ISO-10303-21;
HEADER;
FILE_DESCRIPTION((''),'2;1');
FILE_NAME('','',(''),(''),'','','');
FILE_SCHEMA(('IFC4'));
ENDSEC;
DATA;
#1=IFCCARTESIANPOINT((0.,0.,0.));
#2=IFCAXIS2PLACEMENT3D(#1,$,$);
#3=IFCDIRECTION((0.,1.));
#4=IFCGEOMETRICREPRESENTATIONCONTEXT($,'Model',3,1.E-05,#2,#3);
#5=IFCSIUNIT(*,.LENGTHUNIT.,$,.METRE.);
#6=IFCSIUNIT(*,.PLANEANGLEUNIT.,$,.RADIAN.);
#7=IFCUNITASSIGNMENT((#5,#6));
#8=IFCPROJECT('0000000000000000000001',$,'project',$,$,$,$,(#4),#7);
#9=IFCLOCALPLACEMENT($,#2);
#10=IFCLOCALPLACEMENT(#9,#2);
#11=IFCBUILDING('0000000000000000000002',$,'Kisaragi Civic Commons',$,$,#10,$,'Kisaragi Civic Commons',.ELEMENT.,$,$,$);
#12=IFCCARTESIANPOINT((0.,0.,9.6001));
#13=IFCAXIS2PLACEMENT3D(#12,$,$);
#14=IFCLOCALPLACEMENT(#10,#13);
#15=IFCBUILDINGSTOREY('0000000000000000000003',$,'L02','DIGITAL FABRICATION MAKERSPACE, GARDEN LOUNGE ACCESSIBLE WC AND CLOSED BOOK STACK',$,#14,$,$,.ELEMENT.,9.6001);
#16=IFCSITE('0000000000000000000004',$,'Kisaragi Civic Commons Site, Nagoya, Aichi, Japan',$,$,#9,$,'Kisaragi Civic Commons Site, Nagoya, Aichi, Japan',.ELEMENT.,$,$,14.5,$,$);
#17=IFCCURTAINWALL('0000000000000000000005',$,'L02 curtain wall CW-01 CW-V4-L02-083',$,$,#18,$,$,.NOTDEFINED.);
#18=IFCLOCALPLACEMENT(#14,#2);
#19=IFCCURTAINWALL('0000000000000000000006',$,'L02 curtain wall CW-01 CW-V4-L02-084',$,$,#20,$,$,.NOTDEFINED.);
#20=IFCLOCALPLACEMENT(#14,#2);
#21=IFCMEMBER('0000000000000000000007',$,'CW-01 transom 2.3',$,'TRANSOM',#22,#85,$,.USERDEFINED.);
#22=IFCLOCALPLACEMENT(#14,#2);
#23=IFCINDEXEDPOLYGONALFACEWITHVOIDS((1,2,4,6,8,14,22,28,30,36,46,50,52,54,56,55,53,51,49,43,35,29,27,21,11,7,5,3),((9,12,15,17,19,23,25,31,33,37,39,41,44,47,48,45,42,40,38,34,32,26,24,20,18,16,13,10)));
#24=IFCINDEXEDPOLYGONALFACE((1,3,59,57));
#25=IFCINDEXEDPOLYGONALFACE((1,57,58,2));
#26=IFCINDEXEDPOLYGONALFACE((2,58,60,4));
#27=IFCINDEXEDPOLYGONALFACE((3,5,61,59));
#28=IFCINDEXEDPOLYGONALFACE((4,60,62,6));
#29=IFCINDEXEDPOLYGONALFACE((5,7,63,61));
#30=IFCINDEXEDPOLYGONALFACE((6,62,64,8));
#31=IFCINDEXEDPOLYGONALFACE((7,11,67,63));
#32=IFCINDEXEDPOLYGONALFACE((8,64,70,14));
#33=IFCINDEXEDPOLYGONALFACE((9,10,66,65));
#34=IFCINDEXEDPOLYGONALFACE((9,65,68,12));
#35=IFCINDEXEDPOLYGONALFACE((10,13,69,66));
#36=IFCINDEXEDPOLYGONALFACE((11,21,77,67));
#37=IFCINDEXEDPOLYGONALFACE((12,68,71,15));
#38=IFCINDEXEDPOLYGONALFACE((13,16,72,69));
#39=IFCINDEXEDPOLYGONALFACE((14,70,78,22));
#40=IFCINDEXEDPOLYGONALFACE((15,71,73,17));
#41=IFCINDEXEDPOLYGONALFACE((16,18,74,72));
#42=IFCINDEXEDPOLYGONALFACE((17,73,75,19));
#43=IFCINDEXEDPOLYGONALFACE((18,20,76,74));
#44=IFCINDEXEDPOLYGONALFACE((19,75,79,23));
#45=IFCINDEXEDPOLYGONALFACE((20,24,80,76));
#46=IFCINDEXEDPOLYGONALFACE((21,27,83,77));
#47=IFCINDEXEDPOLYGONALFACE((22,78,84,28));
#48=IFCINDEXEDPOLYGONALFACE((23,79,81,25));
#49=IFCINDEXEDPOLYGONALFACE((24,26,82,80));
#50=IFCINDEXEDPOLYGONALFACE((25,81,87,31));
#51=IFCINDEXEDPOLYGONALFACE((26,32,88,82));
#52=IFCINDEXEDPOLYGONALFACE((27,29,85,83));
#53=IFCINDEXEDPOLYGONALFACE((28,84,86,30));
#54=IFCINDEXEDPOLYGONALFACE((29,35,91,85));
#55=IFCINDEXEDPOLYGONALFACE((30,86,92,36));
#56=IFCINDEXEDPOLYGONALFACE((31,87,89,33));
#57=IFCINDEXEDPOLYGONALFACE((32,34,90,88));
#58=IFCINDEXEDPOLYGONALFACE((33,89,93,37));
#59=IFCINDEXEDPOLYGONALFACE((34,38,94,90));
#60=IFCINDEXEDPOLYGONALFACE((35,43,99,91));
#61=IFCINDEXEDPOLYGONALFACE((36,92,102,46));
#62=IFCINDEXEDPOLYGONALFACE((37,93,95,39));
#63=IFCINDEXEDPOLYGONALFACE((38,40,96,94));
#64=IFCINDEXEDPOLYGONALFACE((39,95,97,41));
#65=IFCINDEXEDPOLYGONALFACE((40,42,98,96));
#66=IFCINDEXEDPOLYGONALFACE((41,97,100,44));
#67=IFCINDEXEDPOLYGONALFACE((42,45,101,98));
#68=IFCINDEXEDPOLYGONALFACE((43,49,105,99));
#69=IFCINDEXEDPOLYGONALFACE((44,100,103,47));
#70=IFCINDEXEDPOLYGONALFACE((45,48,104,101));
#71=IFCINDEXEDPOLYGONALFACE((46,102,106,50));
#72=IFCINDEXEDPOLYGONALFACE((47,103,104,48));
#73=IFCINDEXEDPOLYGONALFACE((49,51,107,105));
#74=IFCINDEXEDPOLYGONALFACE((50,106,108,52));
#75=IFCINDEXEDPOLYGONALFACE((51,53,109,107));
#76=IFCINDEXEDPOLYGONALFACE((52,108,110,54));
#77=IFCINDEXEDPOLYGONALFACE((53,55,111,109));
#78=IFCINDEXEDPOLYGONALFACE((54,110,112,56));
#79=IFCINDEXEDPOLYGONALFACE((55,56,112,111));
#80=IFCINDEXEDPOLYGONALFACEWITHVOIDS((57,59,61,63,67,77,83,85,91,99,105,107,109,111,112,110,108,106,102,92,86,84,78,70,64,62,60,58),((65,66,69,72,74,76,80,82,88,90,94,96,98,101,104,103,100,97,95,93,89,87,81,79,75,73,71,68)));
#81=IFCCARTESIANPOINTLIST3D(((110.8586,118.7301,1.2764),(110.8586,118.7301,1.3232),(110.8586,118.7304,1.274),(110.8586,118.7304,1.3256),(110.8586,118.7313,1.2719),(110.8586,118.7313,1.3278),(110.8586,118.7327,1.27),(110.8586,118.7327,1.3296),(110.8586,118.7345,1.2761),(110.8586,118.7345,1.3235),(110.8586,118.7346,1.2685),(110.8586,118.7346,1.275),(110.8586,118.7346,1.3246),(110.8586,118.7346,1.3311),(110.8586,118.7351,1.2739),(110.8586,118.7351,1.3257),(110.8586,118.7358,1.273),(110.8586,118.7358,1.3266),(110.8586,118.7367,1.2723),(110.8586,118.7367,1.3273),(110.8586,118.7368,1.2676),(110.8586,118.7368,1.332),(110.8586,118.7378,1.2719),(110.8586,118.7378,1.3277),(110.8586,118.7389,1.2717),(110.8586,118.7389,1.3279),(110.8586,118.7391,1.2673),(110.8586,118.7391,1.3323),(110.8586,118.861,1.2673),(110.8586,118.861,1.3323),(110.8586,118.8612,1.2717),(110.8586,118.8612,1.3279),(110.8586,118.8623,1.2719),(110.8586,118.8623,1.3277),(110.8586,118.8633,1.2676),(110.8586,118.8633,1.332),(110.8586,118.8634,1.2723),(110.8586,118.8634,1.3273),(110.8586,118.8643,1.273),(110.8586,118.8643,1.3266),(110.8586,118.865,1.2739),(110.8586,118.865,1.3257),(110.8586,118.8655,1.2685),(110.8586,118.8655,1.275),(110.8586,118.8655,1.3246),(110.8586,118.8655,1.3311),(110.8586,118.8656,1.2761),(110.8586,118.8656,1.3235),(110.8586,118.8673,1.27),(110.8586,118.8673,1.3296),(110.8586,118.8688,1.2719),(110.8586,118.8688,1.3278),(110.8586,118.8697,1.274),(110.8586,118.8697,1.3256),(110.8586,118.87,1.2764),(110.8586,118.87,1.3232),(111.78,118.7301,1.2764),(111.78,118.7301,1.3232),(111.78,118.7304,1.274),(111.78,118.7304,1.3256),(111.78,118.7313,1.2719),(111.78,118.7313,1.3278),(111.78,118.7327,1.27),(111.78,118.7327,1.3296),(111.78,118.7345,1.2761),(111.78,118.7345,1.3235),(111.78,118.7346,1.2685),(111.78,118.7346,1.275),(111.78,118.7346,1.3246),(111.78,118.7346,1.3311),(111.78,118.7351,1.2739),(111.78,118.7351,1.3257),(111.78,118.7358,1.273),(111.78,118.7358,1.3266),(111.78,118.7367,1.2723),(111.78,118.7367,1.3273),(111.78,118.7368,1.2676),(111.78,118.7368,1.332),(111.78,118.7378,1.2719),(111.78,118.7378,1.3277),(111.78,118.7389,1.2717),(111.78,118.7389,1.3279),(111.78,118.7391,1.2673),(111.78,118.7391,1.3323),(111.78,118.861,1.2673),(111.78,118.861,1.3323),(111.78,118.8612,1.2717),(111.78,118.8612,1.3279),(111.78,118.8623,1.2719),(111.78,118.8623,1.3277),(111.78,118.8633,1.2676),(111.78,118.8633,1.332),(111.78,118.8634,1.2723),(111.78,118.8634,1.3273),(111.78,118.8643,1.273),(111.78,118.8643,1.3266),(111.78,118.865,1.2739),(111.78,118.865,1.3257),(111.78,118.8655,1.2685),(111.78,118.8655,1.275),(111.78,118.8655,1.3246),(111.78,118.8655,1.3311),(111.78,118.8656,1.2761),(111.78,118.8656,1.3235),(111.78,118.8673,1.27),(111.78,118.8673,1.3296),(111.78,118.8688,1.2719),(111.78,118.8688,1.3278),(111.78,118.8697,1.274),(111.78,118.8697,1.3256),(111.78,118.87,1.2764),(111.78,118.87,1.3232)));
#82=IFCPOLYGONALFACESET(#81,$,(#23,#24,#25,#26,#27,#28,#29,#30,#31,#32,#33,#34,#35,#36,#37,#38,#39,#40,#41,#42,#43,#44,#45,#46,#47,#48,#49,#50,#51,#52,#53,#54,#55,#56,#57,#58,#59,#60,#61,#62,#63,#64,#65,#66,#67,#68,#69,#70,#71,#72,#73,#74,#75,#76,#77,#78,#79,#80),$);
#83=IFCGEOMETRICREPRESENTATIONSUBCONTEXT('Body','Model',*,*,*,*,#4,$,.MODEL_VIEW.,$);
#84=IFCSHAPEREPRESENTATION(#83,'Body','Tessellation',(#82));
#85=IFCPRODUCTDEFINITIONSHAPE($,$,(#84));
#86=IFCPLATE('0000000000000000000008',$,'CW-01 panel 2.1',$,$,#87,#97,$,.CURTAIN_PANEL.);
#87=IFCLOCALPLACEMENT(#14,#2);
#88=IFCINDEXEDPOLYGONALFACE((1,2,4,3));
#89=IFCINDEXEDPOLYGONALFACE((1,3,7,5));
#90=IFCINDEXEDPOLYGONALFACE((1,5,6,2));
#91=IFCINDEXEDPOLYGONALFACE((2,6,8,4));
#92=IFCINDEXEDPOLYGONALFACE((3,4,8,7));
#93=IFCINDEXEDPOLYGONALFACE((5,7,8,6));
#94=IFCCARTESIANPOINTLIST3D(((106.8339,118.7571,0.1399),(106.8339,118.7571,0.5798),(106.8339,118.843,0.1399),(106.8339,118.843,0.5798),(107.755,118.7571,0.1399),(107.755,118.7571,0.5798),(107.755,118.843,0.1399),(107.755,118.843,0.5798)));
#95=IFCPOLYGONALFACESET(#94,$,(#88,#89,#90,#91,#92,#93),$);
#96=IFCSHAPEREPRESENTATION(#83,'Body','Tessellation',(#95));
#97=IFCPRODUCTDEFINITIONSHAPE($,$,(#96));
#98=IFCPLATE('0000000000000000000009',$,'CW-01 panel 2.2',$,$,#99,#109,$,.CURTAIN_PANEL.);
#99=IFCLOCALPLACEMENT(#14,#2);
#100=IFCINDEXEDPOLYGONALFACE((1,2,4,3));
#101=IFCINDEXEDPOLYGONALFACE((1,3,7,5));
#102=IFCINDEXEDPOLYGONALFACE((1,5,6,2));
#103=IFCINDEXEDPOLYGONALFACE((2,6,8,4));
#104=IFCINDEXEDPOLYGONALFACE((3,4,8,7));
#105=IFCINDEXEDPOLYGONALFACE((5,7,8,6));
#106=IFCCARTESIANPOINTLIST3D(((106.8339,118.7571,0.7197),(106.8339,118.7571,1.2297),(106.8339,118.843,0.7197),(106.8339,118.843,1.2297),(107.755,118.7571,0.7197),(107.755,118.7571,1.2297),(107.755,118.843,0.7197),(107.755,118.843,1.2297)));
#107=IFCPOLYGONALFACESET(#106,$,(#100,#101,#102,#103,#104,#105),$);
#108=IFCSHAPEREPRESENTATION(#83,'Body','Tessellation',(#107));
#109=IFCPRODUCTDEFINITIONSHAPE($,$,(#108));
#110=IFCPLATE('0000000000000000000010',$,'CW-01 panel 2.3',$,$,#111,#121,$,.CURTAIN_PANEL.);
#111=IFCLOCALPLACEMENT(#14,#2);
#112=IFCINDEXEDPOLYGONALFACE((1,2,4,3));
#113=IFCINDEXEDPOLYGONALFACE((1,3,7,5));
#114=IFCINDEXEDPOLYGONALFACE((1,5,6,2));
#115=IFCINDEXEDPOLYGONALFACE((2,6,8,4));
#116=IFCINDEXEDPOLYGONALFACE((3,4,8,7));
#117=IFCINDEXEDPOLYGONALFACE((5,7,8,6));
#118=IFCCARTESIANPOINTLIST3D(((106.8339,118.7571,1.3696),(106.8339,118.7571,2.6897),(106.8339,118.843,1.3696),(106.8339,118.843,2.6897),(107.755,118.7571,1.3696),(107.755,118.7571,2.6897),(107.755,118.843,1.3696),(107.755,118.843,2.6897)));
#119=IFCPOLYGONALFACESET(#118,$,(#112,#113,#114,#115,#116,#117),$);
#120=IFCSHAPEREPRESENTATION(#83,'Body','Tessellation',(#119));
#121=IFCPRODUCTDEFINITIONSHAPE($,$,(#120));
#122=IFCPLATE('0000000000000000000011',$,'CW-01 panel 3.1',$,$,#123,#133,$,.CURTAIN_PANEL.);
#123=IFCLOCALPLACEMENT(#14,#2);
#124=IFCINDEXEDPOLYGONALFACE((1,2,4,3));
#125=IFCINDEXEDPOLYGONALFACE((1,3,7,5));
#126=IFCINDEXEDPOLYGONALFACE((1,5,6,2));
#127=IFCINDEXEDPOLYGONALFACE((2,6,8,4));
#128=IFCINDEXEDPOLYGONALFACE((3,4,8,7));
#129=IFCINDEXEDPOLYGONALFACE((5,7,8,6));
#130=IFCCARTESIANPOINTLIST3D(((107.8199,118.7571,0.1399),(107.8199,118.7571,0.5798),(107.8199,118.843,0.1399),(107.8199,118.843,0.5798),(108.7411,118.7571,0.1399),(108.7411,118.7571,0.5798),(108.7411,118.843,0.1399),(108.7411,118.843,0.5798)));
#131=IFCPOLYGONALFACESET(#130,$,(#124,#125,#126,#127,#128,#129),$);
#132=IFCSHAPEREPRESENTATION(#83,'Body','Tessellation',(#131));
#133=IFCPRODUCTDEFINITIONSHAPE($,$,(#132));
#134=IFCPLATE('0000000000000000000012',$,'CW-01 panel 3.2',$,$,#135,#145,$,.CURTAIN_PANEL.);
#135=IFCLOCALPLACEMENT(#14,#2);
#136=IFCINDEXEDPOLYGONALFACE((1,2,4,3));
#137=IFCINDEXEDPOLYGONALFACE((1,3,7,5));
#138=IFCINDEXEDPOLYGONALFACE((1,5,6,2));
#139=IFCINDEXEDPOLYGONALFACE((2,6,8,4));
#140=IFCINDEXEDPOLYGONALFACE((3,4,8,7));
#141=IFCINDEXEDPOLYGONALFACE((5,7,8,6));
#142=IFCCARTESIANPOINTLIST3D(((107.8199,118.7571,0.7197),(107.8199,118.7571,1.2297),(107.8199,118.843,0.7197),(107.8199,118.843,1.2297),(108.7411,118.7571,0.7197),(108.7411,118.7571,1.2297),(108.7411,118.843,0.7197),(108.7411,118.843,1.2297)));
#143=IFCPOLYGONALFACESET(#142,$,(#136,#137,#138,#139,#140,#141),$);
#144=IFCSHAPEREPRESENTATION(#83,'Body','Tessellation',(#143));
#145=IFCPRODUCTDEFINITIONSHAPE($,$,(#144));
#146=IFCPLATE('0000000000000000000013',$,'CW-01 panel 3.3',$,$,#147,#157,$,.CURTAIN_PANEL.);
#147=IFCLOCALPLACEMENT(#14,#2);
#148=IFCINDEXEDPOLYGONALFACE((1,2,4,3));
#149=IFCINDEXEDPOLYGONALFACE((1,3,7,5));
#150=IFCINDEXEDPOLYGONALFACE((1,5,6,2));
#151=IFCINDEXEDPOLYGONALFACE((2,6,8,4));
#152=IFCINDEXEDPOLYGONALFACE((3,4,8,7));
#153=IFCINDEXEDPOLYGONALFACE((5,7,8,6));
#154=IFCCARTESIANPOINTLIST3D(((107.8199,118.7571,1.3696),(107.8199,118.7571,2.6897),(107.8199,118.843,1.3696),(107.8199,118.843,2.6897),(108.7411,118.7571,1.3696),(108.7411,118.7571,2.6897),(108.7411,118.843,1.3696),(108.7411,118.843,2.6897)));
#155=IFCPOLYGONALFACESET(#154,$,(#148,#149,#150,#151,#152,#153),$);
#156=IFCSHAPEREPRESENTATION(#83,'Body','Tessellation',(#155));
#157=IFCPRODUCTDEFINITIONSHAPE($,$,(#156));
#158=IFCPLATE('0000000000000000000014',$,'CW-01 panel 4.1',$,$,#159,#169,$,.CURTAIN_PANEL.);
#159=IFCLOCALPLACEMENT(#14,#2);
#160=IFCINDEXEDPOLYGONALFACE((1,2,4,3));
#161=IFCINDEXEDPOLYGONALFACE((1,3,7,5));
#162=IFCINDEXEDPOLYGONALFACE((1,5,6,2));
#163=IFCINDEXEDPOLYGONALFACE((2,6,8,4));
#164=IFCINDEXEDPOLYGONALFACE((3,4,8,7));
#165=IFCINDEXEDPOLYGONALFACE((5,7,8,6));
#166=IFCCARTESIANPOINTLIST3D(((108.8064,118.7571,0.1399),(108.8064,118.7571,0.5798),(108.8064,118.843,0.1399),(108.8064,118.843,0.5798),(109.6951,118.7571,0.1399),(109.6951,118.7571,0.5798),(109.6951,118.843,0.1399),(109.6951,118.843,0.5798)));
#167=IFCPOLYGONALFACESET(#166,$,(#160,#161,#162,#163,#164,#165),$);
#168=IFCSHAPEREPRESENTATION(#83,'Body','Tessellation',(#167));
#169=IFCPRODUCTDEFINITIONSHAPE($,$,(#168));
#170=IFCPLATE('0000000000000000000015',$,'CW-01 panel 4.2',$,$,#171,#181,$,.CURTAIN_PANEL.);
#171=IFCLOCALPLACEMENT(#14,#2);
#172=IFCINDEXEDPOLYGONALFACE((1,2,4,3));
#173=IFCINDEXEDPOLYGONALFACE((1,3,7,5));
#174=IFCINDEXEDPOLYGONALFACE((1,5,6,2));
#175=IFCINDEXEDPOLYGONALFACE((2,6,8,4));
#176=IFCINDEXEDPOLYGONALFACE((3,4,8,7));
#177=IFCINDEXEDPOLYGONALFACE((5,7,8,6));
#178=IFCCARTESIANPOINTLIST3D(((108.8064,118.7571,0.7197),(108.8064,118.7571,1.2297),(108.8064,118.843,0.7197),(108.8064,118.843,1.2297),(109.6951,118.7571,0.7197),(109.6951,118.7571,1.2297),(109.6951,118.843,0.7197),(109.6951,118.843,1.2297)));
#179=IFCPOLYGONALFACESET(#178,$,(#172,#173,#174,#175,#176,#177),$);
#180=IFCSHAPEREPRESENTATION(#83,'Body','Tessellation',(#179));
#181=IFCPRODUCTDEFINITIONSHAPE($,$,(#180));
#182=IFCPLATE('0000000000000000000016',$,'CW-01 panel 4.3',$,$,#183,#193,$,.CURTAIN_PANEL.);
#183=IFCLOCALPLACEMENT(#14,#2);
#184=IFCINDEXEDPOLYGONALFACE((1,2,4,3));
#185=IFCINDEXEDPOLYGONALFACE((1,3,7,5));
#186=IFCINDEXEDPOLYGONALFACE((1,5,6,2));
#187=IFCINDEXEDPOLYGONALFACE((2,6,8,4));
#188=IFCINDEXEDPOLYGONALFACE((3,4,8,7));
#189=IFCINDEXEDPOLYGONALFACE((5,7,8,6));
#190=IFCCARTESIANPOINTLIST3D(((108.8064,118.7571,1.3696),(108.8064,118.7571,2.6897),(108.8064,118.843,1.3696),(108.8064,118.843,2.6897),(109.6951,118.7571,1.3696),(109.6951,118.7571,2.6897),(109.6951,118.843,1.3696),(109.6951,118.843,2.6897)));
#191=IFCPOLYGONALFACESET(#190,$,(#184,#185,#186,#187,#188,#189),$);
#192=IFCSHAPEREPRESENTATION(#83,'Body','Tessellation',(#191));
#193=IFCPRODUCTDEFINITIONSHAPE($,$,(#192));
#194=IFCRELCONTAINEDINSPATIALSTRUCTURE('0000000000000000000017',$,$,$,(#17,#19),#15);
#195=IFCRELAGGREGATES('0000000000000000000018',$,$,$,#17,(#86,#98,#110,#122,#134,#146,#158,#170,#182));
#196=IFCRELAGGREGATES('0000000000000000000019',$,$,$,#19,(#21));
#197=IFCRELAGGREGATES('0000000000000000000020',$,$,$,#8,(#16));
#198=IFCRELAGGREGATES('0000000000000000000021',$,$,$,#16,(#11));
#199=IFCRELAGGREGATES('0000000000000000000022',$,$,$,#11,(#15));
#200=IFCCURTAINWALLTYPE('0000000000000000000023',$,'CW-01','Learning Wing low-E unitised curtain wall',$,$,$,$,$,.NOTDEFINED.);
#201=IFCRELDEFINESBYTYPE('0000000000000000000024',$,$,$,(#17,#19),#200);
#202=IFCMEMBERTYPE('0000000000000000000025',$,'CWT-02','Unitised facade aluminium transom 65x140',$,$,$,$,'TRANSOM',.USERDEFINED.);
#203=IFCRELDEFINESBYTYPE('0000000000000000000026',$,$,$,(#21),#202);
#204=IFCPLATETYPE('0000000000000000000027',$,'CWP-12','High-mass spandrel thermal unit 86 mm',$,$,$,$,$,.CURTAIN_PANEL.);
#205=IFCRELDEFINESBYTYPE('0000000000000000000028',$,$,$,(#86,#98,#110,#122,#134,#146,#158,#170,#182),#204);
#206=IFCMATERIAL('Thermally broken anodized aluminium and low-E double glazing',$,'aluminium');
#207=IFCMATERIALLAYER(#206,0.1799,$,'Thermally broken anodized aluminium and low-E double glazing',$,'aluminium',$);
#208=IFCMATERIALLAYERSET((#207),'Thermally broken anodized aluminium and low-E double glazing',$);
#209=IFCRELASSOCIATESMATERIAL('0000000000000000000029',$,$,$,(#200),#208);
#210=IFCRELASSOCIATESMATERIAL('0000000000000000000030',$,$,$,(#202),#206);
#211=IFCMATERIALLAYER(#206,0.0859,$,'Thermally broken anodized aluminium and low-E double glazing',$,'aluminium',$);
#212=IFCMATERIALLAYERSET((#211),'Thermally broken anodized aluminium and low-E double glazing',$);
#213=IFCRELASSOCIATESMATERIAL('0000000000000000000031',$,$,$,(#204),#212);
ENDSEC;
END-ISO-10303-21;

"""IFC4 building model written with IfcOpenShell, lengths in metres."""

from ifc_helpers import new_model, si_unit, direction, frame, origin, origin_2d, place, context, subcontext, project, spatial, rectangle, hollow_rectangle, extrude, material, layer, layer_set, material_profile, profile_set, type_object, element, aggregate, save


model = new_model("IFC4")

# Units and contexts
model_context = context("Model", 3, precision=1e-05, world=origin(), true_north=direction((0.0, 1.0)))
body_context = subcontext(model_context, "Body", "Model", "MODEL_VIEW")
ifc_project = project(units=[si_unit("LENGTHUNIT", "METRE"), si_unit("PLANEANGLEUNIT", "RADIAN")], contexts=[model_context])

# Site, building, storey
site_placement = place(None, origin())
site = spatial("IfcSite", under=ifc_project, at=site_placement, Name="Kisaragi Civic Commons Site, Nagoya, Aichi, Japan", LongName="Kisaragi Civic Commons Site, Nagoya, Aichi, Japan", CompositionType="ELEMENT", RefElevation=14.5)
building_placement = place(site_placement, origin())
building = spatial("IfcBuilding", under=site, at=building_placement, Name="Kisaragi Civic Commons", LongName="Kisaragi Civic Commons", CompositionType="ELEMENT")
storey_placement = place(building_placement, frame((0.0, 0.0, 9.6001)))
storey = spatial("IfcBuildingStorey", under=building, at=storey_placement, Name="L02", Description="DIGITAL FABRICATION MAKERSPACE, GARDEN LOUNGE ACCESSIBLE WC AND CLOSED BOOK STACK", CompositionType="ELEMENT", Elevation=9.6001)

# Curtain walls
ifc_material = material(Name="Thermally broken anodized aluminium and low-E double glazing", Category="aluminium")
ifc_layer_1 = layer(ifc_material, 0.1799, Name="Thermally broken anodized aluminium and low-E double glazing", Category="aluminium")
ifc_layer_set_1 = layer_set([ifc_layer_1], Name="Thermally broken anodized aluminium and low-E double glazing")
curtain_wall_type = type_object("IfcCurtainWallType", Name="CW-01", Description="Learning Wing low-E unitised curtain wall", PredefinedType="NOTDEFINED", material=ifc_layer_set_1)
curtain_wall_1_placement = place(storey_placement, origin())
curtain_wall_1 = element("IfcCurtainWall", 1, at=curtain_wall_1_placement, inside=storey, type_object=curtain_wall_type, Name="L02 curtain wall CW-01 CW-V4-L02-083", PredefinedType="NOTDEFINED")
curtain_wall_2_placement = place(storey_placement, origin())
curtain_wall_2 = element("IfcCurtainWall", 2, at=curtain_wall_2_placement, inside=storey, type_object=curtain_wall_type, Name="L02 curtain wall CW-01 CW-V4-L02-084", PredefinedType="NOTDEFINED")

# Member
ifc_material_profile_1 = material_profile(ifc_material, hollow_rectangle(XDim=0.1399, YDim=0.0649, WallThickness=0.0044, InnerFilletRadius=0.0044, OuterFilletRadius=0.009, at=origin_2d()), Name="CWT-65x140x4.5", Category="aluminium")
ifc_profile_set_1 = profile_set([ifc_material_profile_1], Name="Thermally broken anodized aluminium and low-E double glazing")
member_type_1 = type_object("IfcMemberType", Name="CWT-02", Description="Unitised facade aluminium transom 65x140", ElementType="TRANSOM", PredefinedType="USERDEFINED", material=ifc_profile_set_1)
member_1_placement = place(storey_placement, frame((110.8586, 118.8, 1.2998), z_axis=(1.0, 0.0, 0.0), x_axis=(0.0, 1.0, 0.0)))
member_1 = element("IfcMember", 3, at=member_1_placement, type_object=member_type_1, Name="CW-01 transom 2.3", ObjectType="TRANSOM", PredefinedType="USERDEFINED", context=body_context, shape_type="SweptSolid", body=[
    extrude(hollow_rectangle(XDim=0.1399, YDim=0.0649, WallThickness=0.0044, InnerFilletRadius=0.0044, OuterFilletRadius=0.009, at=origin_2d()), origin(), (0.0, 0.0, 1.0), 0.9214),
])

# Plates
ifc_layer_2 = layer(ifc_material, 0.0859, Name="Thermally broken anodized aluminium and low-E double glazing", Category="aluminium")
ifc_layer_set_2 = layer_set([ifc_layer_2], Name="Thermally broken anodized aluminium and low-E double glazing")
plate_type_1 = type_object("IfcPlateType", Name="CWP-12", Description="High-mass spandrel thermal unit 86 mm", PredefinedType="CURTAIN_PANEL", material=ifc_layer_set_2)
plate_1_placement = place(storey_placement, frame((107.2944, 118.8, 0.1399), z_axis=(0.0, 0.0, 1.0), x_axis=(1.0, 0.0, 0.0)))
plate_1 = element("IfcPlate", 4, at=plate_1_placement, type_object=plate_type_1, Name="CW-01 panel 2.1", PredefinedType="CURTAIN_PANEL", context=body_context, shape_type="SweptSolid", body=[
    extrude(rectangle(XDim=0.9211, YDim=0.0859, at=origin_2d()), origin(), (0.0, 0.0, 1.0), 0.4399),
])
plate_2_placement = place(storey_placement, frame((107.2944, 118.8, 0.7197), z_axis=(0.0, 0.0, 1.0), x_axis=(1.0, 0.0, 0.0)))
plate_2 = element("IfcPlate", 5, at=plate_2_placement, type_object=plate_type_1, Name="CW-01 panel 2.2", PredefinedType="CURTAIN_PANEL", context=body_context, shape_type="SweptSolid", body=[
    extrude(rectangle(XDim=0.9211, YDim=0.0859, at=origin_2d()), origin(), (0.0, 0.0, 1.0), 0.51),
])
plate_3_placement = place(storey_placement, frame((107.2944, 118.8, 1.3696), z_axis=(0.0, 0.0, 1.0), x_axis=(1.0, 0.0, 0.0)))
plate_3 = element("IfcPlate", 6, at=plate_3_placement, type_object=plate_type_1, Name="CW-01 panel 2.3", PredefinedType="CURTAIN_PANEL", context=body_context, shape_type="SweptSolid", body=[
    extrude(rectangle(XDim=0.9211, YDim=0.0859, at=origin_2d()), origin(), (0.0, 0.0, 1.0), 1.3201),
])
plate_4_placement = place(storey_placement, frame((108.2805, 118.8, 0.1399), z_axis=(0.0, 0.0, 1.0), x_axis=(1.0, 0.0, 0.0)))
plate_4 = element("IfcPlate", 7, at=plate_4_placement, type_object=plate_type_1, Name="CW-01 panel 3.1", PredefinedType="CURTAIN_PANEL", context=body_context, shape_type="SweptSolid", body=[
    extrude(rectangle(XDim=0.9211, YDim=0.0859, at=origin_2d()), origin(), (0.0, 0.0, 1.0), 0.4399),
])
plate_5_placement = place(storey_placement, frame((108.2805, 118.8, 0.7197), z_axis=(0.0, 0.0, 1.0), x_axis=(1.0, 0.0, 0.0)))
plate_5 = element("IfcPlate", 8, at=plate_5_placement, type_object=plate_type_1, Name="CW-01 panel 3.2", PredefinedType="CURTAIN_PANEL", context=body_context, shape_type="SweptSolid", body=[
    extrude(rectangle(XDim=0.9211, YDim=0.0859, at=origin_2d()), origin(), (0.0, 0.0, 1.0), 0.51),
])
plate_6_placement = place(storey_placement, frame((108.2805, 118.8, 1.3696), z_axis=(0.0, 0.0, 1.0), x_axis=(1.0, 0.0, 0.0)))
plate_6 = element("IfcPlate", 9, at=plate_6_placement, type_object=plate_type_1, Name="CW-01 panel 3.3", PredefinedType="CURTAIN_PANEL", context=body_context, shape_type="SweptSolid", body=[
    extrude(rectangle(XDim=0.9211, YDim=0.0859, at=origin_2d()), origin(), (0.0, 0.0, 1.0), 1.3201),
])
plate_7_placement = place(storey_placement, frame((109.2507, 118.8, 0.1399), z_axis=(0.0, 0.0, 1.0), x_axis=(1.0, 0.0, 0.0)))
plate_7 = element("IfcPlate", 10, at=plate_7_placement, type_object=plate_type_1, Name="CW-01 panel 4.1", PredefinedType="CURTAIN_PANEL", context=body_context, shape_type="SweptSolid", body=[
    extrude(rectangle(XDim=0.8887, YDim=0.0859, at=origin_2d()), origin(), (0.0, 0.0, 1.0), 0.4399),
])
plate_8_placement = place(storey_placement, frame((109.2507, 118.8, 0.7197), z_axis=(0.0, 0.0, 1.0), x_axis=(1.0, 0.0, 0.0)))
plate_8 = element("IfcPlate", 11, at=plate_8_placement, type_object=plate_type_1, Name="CW-01 panel 4.2", PredefinedType="CURTAIN_PANEL", context=body_context, shape_type="SweptSolid", body=[
    extrude(rectangle(XDim=0.8887, YDim=0.0859, at=origin_2d()), origin(), (0.0, 0.0, 1.0), 0.51),
])
plate_9_placement = place(storey_placement, frame((109.2507, 118.8, 1.3696), z_axis=(0.0, 0.0, 1.0), x_axis=(1.0, 0.0, 0.0)))
plate_9 = element("IfcPlate", 12, at=plate_9_placement, type_object=plate_type_1, Name="CW-01 panel 4.3", PredefinedType="CURTAIN_PANEL", context=body_context, shape_type="SweptSolid", body=[
    extrude(rectangle(XDim=0.8887, YDim=0.0859, at=origin_2d()), origin(), (0.0, 0.0, 1.0), 1.3201),
])
aggregate(curtain_wall_1, [plate_1, plate_2, plate_3, plate_4, plate_5, plate_6, plate_7, plate_8, plate_9])
aggregate(curtain_wall_2, [member_1])

save(model, "model.ifc")
